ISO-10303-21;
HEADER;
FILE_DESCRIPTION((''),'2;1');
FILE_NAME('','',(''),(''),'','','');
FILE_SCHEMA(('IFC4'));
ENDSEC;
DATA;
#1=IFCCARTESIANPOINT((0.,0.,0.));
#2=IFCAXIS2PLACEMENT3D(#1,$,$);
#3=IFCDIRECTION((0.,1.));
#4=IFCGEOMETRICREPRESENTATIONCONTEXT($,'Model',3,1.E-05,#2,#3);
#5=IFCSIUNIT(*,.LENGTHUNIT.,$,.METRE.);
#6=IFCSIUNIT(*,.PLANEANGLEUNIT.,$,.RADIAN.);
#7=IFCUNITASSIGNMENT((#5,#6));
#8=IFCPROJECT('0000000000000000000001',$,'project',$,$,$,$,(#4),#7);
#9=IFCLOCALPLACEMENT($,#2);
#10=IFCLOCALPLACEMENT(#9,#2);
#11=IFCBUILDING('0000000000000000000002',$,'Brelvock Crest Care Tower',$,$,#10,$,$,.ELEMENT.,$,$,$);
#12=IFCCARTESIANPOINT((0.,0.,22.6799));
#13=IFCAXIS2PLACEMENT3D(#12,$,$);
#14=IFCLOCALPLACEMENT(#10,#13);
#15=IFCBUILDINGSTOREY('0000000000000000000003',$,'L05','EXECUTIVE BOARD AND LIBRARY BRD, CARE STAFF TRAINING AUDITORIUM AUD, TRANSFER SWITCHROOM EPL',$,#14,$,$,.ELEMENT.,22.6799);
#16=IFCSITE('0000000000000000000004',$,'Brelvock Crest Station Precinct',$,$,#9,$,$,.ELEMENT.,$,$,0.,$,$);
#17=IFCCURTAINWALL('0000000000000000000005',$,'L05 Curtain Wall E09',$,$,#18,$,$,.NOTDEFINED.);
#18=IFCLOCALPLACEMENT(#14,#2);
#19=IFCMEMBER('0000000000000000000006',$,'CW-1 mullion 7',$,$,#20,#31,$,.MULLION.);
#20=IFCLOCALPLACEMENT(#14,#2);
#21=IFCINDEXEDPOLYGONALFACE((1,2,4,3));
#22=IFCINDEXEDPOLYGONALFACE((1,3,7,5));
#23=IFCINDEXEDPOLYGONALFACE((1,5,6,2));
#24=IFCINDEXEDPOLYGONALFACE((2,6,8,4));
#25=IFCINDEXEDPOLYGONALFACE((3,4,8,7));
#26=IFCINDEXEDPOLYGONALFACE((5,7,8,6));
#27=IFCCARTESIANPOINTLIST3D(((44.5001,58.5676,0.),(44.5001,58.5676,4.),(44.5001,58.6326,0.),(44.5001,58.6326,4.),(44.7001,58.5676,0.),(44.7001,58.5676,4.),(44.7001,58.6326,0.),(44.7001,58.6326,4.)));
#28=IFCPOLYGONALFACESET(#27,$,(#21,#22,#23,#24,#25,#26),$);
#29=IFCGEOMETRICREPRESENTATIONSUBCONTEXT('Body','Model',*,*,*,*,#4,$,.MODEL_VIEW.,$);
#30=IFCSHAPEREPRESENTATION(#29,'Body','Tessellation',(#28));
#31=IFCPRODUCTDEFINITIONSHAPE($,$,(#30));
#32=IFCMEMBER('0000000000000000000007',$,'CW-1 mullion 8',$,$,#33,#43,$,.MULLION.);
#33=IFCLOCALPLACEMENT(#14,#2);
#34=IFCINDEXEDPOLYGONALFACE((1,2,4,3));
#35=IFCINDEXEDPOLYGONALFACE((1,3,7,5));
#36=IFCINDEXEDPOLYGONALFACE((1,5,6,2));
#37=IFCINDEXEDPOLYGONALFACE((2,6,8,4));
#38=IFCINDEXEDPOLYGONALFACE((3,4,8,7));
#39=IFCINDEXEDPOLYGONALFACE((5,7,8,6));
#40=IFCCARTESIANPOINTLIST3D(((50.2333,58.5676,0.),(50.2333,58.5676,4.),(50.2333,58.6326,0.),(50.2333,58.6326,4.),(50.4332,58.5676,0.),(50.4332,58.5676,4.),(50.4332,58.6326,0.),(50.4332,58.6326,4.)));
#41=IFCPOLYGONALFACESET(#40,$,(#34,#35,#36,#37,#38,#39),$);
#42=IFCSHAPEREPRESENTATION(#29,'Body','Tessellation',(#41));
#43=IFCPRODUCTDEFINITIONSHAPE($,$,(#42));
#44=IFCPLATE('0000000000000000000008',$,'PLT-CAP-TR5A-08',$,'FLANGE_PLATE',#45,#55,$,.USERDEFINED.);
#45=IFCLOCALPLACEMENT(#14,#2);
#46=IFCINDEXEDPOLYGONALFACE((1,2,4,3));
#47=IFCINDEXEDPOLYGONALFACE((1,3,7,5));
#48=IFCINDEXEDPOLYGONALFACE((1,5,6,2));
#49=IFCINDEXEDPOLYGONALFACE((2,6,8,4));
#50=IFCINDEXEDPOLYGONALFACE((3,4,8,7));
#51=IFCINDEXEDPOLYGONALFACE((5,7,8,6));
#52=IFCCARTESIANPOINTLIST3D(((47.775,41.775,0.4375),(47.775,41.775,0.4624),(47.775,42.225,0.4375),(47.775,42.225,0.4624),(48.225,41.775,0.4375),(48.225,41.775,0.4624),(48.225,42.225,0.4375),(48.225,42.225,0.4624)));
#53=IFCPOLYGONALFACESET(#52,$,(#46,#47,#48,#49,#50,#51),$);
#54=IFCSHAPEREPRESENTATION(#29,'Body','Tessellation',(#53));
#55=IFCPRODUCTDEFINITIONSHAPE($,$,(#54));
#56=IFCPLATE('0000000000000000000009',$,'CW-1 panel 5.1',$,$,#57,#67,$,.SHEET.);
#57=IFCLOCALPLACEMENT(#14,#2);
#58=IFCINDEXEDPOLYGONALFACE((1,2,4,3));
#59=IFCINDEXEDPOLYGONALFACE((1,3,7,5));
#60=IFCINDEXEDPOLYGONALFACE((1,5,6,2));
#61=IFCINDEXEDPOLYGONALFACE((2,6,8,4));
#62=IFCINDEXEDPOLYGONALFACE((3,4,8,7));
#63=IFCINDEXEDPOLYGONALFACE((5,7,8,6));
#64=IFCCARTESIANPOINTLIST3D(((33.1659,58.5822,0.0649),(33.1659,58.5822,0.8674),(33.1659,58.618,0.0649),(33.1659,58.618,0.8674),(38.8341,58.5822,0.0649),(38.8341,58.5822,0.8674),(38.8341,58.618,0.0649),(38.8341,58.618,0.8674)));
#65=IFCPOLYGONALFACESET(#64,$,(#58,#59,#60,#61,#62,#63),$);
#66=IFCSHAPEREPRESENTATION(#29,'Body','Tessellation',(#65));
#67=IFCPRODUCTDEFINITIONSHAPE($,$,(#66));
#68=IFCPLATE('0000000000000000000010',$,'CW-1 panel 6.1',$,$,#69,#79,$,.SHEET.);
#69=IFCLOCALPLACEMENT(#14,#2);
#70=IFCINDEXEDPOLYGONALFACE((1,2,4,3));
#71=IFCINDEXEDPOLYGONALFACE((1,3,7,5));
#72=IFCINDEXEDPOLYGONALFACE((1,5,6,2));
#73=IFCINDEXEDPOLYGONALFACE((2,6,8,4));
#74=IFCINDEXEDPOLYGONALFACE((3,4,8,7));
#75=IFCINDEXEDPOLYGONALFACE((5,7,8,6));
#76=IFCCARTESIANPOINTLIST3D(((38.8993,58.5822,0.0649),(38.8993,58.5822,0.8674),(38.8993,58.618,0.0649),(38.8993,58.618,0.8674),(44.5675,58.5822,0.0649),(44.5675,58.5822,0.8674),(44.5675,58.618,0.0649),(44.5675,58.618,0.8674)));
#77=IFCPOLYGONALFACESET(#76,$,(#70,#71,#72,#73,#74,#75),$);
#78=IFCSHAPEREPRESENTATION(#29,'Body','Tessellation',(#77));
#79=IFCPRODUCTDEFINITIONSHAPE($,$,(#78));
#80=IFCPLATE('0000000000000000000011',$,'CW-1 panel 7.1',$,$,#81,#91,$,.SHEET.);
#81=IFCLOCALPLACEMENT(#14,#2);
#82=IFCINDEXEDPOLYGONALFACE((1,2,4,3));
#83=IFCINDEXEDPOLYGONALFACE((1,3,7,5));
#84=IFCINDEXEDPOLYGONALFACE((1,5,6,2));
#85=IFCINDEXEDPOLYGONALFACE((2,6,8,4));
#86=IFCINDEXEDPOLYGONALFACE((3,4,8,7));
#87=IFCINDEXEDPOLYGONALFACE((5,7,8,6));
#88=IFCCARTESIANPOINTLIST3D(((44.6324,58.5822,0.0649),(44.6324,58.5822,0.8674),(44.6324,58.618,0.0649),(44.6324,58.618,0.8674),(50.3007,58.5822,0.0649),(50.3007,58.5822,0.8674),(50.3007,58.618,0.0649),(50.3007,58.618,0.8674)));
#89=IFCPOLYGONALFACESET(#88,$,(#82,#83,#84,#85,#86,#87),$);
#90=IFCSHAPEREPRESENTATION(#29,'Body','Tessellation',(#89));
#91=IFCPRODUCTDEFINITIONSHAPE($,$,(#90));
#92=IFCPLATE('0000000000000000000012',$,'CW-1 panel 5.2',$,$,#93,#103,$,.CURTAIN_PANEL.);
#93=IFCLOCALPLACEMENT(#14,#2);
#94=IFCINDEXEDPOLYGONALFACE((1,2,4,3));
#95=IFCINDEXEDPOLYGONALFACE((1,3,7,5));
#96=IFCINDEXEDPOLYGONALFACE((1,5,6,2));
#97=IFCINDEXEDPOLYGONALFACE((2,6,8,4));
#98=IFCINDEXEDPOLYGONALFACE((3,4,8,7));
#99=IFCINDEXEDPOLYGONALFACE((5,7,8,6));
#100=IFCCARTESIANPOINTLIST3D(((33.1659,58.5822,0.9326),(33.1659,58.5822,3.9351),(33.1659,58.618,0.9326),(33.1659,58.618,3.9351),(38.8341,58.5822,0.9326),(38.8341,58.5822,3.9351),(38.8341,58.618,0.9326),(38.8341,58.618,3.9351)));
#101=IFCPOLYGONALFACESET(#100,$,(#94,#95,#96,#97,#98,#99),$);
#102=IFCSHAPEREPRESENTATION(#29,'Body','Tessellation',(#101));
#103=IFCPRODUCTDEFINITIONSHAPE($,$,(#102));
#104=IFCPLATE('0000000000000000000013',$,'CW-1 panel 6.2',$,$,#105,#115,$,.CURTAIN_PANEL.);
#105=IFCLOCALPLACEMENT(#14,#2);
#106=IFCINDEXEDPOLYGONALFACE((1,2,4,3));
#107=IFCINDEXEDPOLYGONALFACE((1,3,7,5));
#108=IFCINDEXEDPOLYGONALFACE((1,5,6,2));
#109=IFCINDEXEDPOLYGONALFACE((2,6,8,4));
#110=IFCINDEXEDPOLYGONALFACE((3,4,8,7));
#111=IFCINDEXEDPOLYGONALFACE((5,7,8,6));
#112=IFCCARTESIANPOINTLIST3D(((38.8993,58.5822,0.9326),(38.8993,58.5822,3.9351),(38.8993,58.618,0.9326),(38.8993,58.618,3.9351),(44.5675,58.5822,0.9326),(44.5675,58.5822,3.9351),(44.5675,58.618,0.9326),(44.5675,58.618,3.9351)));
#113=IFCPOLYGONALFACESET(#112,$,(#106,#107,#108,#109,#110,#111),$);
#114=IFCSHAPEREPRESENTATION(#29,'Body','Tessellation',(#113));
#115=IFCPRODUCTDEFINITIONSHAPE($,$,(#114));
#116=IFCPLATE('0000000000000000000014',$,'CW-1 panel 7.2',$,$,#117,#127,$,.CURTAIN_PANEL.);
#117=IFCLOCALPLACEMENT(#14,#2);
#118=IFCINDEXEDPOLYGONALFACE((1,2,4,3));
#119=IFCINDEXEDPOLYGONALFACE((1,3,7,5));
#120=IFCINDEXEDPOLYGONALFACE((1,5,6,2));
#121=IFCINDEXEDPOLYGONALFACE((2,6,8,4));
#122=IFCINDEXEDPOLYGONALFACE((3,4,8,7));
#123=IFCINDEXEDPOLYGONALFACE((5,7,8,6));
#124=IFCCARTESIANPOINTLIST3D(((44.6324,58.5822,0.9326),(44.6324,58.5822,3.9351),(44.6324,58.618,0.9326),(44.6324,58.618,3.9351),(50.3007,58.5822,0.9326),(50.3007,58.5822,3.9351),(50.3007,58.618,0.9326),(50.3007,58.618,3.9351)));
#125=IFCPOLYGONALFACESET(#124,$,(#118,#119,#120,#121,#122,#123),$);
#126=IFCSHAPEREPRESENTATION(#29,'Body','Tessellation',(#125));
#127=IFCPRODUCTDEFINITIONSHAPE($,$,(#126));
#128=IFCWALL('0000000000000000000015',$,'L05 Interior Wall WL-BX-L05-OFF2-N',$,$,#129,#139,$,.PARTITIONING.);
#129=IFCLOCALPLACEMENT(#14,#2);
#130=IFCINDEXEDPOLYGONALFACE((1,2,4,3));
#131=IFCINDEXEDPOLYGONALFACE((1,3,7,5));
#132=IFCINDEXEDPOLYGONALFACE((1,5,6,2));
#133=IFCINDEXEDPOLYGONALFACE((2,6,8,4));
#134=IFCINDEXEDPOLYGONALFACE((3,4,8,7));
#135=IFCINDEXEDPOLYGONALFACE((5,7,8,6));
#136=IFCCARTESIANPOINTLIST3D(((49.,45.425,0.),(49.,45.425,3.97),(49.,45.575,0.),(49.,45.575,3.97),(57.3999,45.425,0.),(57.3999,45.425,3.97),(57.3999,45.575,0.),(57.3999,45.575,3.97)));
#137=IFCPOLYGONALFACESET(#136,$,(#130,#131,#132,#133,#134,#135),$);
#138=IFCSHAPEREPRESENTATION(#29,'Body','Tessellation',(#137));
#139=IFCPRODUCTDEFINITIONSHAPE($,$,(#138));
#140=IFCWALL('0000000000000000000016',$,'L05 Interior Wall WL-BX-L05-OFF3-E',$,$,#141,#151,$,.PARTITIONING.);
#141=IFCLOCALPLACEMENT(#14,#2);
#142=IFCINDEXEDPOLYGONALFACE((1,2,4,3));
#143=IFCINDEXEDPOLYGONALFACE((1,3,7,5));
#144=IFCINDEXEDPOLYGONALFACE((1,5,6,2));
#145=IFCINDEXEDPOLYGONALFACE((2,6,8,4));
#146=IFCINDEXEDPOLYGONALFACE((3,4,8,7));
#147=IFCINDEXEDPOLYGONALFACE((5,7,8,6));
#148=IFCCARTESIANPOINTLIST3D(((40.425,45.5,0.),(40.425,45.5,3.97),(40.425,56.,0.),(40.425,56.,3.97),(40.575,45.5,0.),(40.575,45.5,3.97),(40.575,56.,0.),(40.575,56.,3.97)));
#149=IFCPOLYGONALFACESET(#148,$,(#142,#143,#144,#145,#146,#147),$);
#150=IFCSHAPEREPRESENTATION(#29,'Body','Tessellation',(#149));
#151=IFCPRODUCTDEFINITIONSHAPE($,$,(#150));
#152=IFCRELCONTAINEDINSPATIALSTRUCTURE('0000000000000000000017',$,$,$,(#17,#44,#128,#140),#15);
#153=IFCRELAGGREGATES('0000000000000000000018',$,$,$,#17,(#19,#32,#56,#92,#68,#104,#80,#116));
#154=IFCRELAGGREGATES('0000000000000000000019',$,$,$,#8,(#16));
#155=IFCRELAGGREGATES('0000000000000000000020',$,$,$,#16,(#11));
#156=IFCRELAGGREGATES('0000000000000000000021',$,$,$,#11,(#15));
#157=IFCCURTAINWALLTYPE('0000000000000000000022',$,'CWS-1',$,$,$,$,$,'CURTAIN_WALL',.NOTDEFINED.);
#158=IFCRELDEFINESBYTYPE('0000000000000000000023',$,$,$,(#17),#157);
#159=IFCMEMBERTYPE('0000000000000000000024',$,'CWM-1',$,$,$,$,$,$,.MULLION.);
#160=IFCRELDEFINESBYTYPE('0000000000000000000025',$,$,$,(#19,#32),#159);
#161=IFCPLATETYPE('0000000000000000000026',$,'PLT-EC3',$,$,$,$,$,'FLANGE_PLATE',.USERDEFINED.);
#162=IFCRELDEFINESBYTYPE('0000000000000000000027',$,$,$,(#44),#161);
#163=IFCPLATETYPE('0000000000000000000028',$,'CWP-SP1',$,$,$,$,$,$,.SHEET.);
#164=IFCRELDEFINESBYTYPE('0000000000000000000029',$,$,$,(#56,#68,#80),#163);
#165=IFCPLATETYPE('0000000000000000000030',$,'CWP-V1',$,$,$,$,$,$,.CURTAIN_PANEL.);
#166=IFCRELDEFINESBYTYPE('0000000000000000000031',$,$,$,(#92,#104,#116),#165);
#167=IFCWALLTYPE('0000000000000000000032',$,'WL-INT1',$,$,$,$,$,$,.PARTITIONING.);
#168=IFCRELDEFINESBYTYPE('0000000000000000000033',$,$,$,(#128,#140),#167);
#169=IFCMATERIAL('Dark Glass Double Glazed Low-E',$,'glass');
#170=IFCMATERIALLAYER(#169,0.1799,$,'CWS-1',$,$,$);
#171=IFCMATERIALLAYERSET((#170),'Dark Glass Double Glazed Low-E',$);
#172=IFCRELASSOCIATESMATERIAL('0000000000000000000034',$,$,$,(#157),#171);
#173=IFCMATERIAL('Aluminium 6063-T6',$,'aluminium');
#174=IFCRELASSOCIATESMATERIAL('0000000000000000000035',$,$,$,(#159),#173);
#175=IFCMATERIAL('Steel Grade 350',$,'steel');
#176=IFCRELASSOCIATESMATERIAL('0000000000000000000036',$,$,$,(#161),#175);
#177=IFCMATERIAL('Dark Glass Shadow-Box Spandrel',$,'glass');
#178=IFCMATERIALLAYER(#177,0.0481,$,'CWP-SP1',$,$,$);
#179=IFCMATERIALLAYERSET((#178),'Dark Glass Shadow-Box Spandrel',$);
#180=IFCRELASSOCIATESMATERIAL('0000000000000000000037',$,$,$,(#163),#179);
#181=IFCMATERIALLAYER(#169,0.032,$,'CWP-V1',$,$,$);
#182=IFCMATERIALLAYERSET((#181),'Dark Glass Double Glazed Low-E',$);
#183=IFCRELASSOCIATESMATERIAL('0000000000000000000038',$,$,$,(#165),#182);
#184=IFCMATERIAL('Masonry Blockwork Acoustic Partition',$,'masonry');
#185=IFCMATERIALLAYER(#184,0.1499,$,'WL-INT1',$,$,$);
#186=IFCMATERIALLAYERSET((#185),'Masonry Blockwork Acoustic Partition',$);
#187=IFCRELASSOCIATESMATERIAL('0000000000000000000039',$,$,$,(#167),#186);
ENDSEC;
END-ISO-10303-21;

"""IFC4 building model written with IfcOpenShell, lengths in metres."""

from ifc_helpers import new_model, si_unit, direction, frame, frame_2d, origin, origin_2d, place, context, subcontext, project, spatial, rectangle, extrude, source, transform, mapped, material, layer, layer_set, material_profile, profile_set, type_object, element, aggregate, save


model = new_model("IFC4")

# Units and contexts
model_context = context("Model", 3, precision=1e-05, world=origin(), true_north=direction((0.0, 1.0)))
body_context = subcontext(model_context, "Body", "Model", "MODEL_VIEW")
ifc_project = project(units=[si_unit("LENGTHUNIT", "METRE"), si_unit("PLANEANGLEUNIT", "RADIAN")], contexts=[model_context])

# Site, building, storey
site_placement = place(None, origin())
site = spatial("IfcSite", under=ifc_project, at=site_placement, Name="Brelvock Crest Station Precinct", CompositionType="ELEMENT", RefElevation=0.0)
building_placement = place(site_placement, origin())
building = spatial("IfcBuilding", under=site, at=building_placement, Name="Brelvock Crest Care Tower", CompositionType="ELEMENT")
storey_placement = place(building_placement, frame((0.0, 0.0, 22.6799)))
storey = spatial("IfcBuildingStorey", under=building, at=storey_placement, Name="L05", Description="EXECUTIVE BOARD AND LIBRARY BRD, CARE STAFF TRAINING AUDITORIUM AUD, TRANSFER SWITCHROOM EPL", CompositionType="ELEMENT", Elevation=22.6799)

# Shared definitions
ifc_material_1 = material(Name="Steel Grade 350", Category="steel")

# Curtain wall, members
ifc_material_2 = material(Name="Dark Glass Double Glazed Low-E", Category="glass")
ifc_layer_1 = layer(ifc_material_2, 0.1799, Name="CWS-1")
ifc_layer_set_1 = layer_set([ifc_layer_1], Name="Dark Glass Double Glazed Low-E")
curtain_wall_type = type_object("IfcCurtainWallType", Name="CWS-1", ElementType="CURTAIN_WALL", PredefinedType="NOTDEFINED", material=ifc_layer_set_1)
curtain_wall_placement = place(storey_placement, origin())
curtain_wall = element("IfcCurtainWall", 1, at=curtain_wall_placement, inside=storey, type_object=curtain_wall_type, Name="L05 Curtain Wall E09", PredefinedType="NOTDEFINED")
ifc_material_3 = material(Name="Aluminium 6063-T6", Category="aluminium")
ifc_material_profile_1 = material_profile(ifc_material_3, rectangle(XDim=0.0649, YDim=0.2, at=origin_2d()), Name="ALU65x200")
ifc_profile_set_1 = profile_set([ifc_material_profile_1], Name="Aluminium 6063-T6")
member_type_1 = type_object("IfcMemberType", Name="CWM-1", PredefinedType="MULLION", material=ifc_profile_set_1)
shared_shape_1 = source(origin(), body_context, "Body", "SweptSolid", [
    extrude(rectangle(XDim=0.0649, YDim=0.2, at=origin_2d()), origin(), (0.0, 0.0, 1.0), 4.0),
])
member_1_placement = place(storey_placement, frame((44.6001, 58.6001, 0.0), z_axis=(0.0, 0.0, 1.0), x_axis=(0.0, 1.0, 0.0)))
member_1 = element("IfcMember", 2, at=member_1_placement, type_object=member_type_1, Name="CW-1 mullion 7", PredefinedType="MULLION", context=body_context, shape_type="MappedRepresentation", body=[
    mapped(shared_shape_1, transform((0.0, 0.0, 0.0), x_axis=(1.0, 0.0, 0.0), y_axis=(0.0, 1.0, 0.0), z_axis=(0.0, 0.0, 1.0), scale=1.0)),
])
member_2_placement = place(storey_placement, frame((50.3333, 58.6001, 0.0), z_axis=(0.0, 0.0, 1.0), x_axis=(0.0, 1.0, 0.0)))
member_2 = element("IfcMember", 3, at=member_2_placement, type_object=member_type_1, Name="CW-1 mullion 8", PredefinedType="MULLION", context=body_context, shape_type="MappedRepresentation", body=[
    mapped(shared_shape_1, transform((0.0, 0.0, 0.0), x_axis=(1.0, 0.0, 0.0), y_axis=(0.0, 1.0, 0.0), z_axis=(0.0, 0.0, 1.0), scale=1.0)),
])

# Plates
plate_type_1 = type_object("IfcPlateType", Name="PLT-EC3", ElementType="FLANGE_PLATE", PredefinedType="USERDEFINED", material=ifc_material_1)
shared_shape_2 = source(origin(), body_context, "Body", "SweptSolid", [
    extrude(rectangle(XDim=0.45, YDim=0.45, at=origin_2d()), origin(), (0.0, 0.0, 1.0), 0.0249),
])
plate_1_placement = place(storey_placement, frame((48.0, 42.0, 0.4375), z_axis=(0.0, 0.0, 1.0), x_axis=(1.0, 0.0, 0.0)))
element("IfcPlate", 4, at=plate_1_placement, inside=storey, type_object=plate_type_1, Name="PLT-CAP-TR5A-08", ObjectType="FLANGE_PLATE", PredefinedType="USERDEFINED", context=body_context, shape_type="MappedRepresentation", body=[
    mapped(shared_shape_2, transform((0.0, 0.0, 0.0), x_axis=(1.0, 0.0, 0.0), y_axis=(0.0, 1.0, 0.0), z_axis=(0.0, 0.0, 1.0), scale=1.0)),
])
ifc_material_4 = material(Name="Dark Glass Shadow-Box Spandrel", Category="glass")
ifc_layer_2 = layer(ifc_material_4, 0.0481, Name="CWP-SP1")
ifc_layer_set_2 = layer_set([ifc_layer_2], Name="Dark Glass Shadow-Box Spandrel")
plate_type_2 = type_object("IfcPlateType", Name="CWP-SP1", PredefinedType="SHEET", material=ifc_layer_set_2)
shared_shape_3 = source(origin(), body_context, "Body", "SweptSolid", [
    extrude(rectangle(XDim=5.6682, YDim=0.0359, at=origin_2d()), origin(), (0.0, 0.0, 1.0), 0.8025),
])
plate_2_placement = place(storey_placement, frame((36.0, 58.6001, 0.0649), z_axis=(0.0, 0.0, 1.0), x_axis=(1.0, 0.0, 0.0)))
plate_2 = element("IfcPlate", 5, at=plate_2_placement, type_object=plate_type_2, Name="CW-1 panel 5.1", PredefinedType="SHEET", context=body_context, shape_type="MappedRepresentation", body=[
    mapped(shared_shape_3, transform((0.0, 0.0, 0.0), x_axis=(1.0, 0.0, 0.0), y_axis=(0.0, 1.0, 0.0), z_axis=(0.0, 0.0, 1.0), scale=1.0)),
])
plate_3_placement = place(storey_placement, frame((41.7334, 58.6001, 0.0649), z_axis=(0.0, 0.0, 1.0), x_axis=(1.0, 0.0, 0.0)))
plate_3 = element("IfcPlate", 6, at=plate_3_placement, type_object=plate_type_2, Name="CW-1 panel 6.1", PredefinedType="SHEET", context=body_context, shape_type="MappedRepresentation", body=[
    mapped(shared_shape_3, transform((0.0, 0.0, 0.0), x_axis=(1.0, 0.0, 0.0), y_axis=(0.0, 1.0, 0.0), z_axis=(0.0, 0.0, 1.0), scale=1.0)),
])
plate_4_placement = place(storey_placement, frame((47.4666, 58.6001, 0.0649), z_axis=(0.0, 0.0, 1.0), x_axis=(1.0, 0.0, 0.0)))
plate_4 = element("IfcPlate", 7, at=plate_4_placement, type_object=plate_type_2, Name="CW-1 panel 7.1", PredefinedType="SHEET", context=body_context, shape_type="MappedRepresentation", body=[
    mapped(shared_shape_3, transform((0.0, 0.0, 0.0), x_axis=(1.0, 0.0, 0.0), y_axis=(0.0, 1.0, 0.0), z_axis=(0.0, 0.0, 1.0), scale=1.0)),
])
ifc_layer_3 = layer(ifc_material_2, 0.032, Name="CWP-V1")
ifc_layer_set_3 = layer_set([ifc_layer_3], Name="Dark Glass Double Glazed Low-E")
plate_type_3 = type_object("IfcPlateType", Name="CWP-V1", PredefinedType="CURTAIN_PANEL", material=ifc_layer_set_3)
shared_shape_4 = source(origin(), body_context, "Body", "SweptSolid", [
    extrude(rectangle(XDim=5.6682, YDim=0.0359, at=origin_2d()), origin(), (0.0, 0.0, 1.0), 3.0024),
])
plate_5_placement = place(storey_placement, frame((36.0, 58.6001, 0.9326), z_axis=(0.0, 0.0, 1.0), x_axis=(1.0, 0.0, 0.0)))
plate_5 = element("IfcPlate", 8, at=plate_5_placement, type_object=plate_type_3, Name="CW-1 panel 5.2", PredefinedType="CURTAIN_PANEL", context=body_context, shape_type="MappedRepresentation", body=[
    mapped(shared_shape_4, transform((0.0, 0.0, 0.0), x_axis=(1.0, 0.0, 0.0), y_axis=(0.0, 1.0, 0.0), z_axis=(0.0, 0.0, 1.0), scale=1.0)),
])
plate_6_placement = place(storey_placement, frame((41.7334, 58.6001, 0.9326), z_axis=(0.0, 0.0, 1.0), x_axis=(1.0, 0.0, 0.0)))
plate_6 = element("IfcPlate", 9, at=plate_6_placement, type_object=plate_type_3, Name="CW-1 panel 6.2", PredefinedType="CURTAIN_PANEL", context=body_context, shape_type="MappedRepresentation", body=[
    mapped(shared_shape_4, transform((0.0, 0.0, 0.0), x_axis=(1.0, 0.0, 0.0), y_axis=(0.0, 1.0, 0.0), z_axis=(0.0, 0.0, 1.0), scale=1.0)),
])
plate_7_placement = place(storey_placement, frame((47.4666, 58.6001, 0.9326), z_axis=(0.0, 0.0, 1.0), x_axis=(1.0, 0.0, 0.0)))
plate_7 = element("IfcPlate", 10, at=plate_7_placement, type_object=plate_type_3, Name="CW-1 panel 7.2", PredefinedType="CURTAIN_PANEL", context=body_context, shape_type="MappedRepresentation", body=[
    mapped(shared_shape_4, transform((0.0, 0.0, 0.0), x_axis=(1.0, 0.0, 0.0), y_axis=(0.0, 1.0, 0.0), z_axis=(0.0, 0.0, 1.0), scale=1.0)),
])
aggregate(curtain_wall, [member_1, member_2, plate_2, plate_5, plate_3, plate_6, plate_4, plate_7])

# Walls
ifc_material_5 = material(Name="Masonry Blockwork Acoustic Partition", Category="masonry")
ifc_layer_4 = layer(ifc_material_5, 0.1499, Name="WL-INT1")
ifc_layer_set_4 = layer_set([ifc_layer_4], Name="Masonry Blockwork Acoustic Partition")
wall_type = type_object("IfcWallType", Name="WL-INT1", PredefinedType="PARTITIONING", material=ifc_layer_set_4)
wall_1_placement = place(storey_placement, frame((49.0, 45.5, 0.0), z_axis=(0.0, 0.0, 1.0), x_axis=(1.0, 0.0, 0.0)))
element("IfcWall", 11, at=wall_1_placement, inside=storey, type_object=wall_type, Name="L05 Interior Wall WL-BX-L05-OFF2-N", PredefinedType="PARTITIONING", context=body_context, shape_type="SweptSolid", body=[
    extrude(rectangle(XDim=8.3999, YDim=0.1499, at=frame_2d((4.2, 0.0))), origin(), (0.0, 0.0, 1.0), 3.97),
])
wall_2_placement = place(storey_placement, frame((40.5, 45.5, 0.0), z_axis=(0.0, 0.0, 1.0), x_axis=(0.0, 1.0, 0.0)))
element("IfcWall", 12, at=wall_2_placement, inside=storey, type_object=wall_type, Name="L05 Interior Wall WL-BX-L05-OFF3-E", PredefinedType="PARTITIONING", context=body_context, shape_type="SweptSolid", body=[
    extrude(rectangle(XDim=10.5, YDim=0.1499, at=frame_2d((5.25, 0.0))), origin(), (0.0, 0.0, 1.0), 3.97),
])

save(model, "model.ifc")
